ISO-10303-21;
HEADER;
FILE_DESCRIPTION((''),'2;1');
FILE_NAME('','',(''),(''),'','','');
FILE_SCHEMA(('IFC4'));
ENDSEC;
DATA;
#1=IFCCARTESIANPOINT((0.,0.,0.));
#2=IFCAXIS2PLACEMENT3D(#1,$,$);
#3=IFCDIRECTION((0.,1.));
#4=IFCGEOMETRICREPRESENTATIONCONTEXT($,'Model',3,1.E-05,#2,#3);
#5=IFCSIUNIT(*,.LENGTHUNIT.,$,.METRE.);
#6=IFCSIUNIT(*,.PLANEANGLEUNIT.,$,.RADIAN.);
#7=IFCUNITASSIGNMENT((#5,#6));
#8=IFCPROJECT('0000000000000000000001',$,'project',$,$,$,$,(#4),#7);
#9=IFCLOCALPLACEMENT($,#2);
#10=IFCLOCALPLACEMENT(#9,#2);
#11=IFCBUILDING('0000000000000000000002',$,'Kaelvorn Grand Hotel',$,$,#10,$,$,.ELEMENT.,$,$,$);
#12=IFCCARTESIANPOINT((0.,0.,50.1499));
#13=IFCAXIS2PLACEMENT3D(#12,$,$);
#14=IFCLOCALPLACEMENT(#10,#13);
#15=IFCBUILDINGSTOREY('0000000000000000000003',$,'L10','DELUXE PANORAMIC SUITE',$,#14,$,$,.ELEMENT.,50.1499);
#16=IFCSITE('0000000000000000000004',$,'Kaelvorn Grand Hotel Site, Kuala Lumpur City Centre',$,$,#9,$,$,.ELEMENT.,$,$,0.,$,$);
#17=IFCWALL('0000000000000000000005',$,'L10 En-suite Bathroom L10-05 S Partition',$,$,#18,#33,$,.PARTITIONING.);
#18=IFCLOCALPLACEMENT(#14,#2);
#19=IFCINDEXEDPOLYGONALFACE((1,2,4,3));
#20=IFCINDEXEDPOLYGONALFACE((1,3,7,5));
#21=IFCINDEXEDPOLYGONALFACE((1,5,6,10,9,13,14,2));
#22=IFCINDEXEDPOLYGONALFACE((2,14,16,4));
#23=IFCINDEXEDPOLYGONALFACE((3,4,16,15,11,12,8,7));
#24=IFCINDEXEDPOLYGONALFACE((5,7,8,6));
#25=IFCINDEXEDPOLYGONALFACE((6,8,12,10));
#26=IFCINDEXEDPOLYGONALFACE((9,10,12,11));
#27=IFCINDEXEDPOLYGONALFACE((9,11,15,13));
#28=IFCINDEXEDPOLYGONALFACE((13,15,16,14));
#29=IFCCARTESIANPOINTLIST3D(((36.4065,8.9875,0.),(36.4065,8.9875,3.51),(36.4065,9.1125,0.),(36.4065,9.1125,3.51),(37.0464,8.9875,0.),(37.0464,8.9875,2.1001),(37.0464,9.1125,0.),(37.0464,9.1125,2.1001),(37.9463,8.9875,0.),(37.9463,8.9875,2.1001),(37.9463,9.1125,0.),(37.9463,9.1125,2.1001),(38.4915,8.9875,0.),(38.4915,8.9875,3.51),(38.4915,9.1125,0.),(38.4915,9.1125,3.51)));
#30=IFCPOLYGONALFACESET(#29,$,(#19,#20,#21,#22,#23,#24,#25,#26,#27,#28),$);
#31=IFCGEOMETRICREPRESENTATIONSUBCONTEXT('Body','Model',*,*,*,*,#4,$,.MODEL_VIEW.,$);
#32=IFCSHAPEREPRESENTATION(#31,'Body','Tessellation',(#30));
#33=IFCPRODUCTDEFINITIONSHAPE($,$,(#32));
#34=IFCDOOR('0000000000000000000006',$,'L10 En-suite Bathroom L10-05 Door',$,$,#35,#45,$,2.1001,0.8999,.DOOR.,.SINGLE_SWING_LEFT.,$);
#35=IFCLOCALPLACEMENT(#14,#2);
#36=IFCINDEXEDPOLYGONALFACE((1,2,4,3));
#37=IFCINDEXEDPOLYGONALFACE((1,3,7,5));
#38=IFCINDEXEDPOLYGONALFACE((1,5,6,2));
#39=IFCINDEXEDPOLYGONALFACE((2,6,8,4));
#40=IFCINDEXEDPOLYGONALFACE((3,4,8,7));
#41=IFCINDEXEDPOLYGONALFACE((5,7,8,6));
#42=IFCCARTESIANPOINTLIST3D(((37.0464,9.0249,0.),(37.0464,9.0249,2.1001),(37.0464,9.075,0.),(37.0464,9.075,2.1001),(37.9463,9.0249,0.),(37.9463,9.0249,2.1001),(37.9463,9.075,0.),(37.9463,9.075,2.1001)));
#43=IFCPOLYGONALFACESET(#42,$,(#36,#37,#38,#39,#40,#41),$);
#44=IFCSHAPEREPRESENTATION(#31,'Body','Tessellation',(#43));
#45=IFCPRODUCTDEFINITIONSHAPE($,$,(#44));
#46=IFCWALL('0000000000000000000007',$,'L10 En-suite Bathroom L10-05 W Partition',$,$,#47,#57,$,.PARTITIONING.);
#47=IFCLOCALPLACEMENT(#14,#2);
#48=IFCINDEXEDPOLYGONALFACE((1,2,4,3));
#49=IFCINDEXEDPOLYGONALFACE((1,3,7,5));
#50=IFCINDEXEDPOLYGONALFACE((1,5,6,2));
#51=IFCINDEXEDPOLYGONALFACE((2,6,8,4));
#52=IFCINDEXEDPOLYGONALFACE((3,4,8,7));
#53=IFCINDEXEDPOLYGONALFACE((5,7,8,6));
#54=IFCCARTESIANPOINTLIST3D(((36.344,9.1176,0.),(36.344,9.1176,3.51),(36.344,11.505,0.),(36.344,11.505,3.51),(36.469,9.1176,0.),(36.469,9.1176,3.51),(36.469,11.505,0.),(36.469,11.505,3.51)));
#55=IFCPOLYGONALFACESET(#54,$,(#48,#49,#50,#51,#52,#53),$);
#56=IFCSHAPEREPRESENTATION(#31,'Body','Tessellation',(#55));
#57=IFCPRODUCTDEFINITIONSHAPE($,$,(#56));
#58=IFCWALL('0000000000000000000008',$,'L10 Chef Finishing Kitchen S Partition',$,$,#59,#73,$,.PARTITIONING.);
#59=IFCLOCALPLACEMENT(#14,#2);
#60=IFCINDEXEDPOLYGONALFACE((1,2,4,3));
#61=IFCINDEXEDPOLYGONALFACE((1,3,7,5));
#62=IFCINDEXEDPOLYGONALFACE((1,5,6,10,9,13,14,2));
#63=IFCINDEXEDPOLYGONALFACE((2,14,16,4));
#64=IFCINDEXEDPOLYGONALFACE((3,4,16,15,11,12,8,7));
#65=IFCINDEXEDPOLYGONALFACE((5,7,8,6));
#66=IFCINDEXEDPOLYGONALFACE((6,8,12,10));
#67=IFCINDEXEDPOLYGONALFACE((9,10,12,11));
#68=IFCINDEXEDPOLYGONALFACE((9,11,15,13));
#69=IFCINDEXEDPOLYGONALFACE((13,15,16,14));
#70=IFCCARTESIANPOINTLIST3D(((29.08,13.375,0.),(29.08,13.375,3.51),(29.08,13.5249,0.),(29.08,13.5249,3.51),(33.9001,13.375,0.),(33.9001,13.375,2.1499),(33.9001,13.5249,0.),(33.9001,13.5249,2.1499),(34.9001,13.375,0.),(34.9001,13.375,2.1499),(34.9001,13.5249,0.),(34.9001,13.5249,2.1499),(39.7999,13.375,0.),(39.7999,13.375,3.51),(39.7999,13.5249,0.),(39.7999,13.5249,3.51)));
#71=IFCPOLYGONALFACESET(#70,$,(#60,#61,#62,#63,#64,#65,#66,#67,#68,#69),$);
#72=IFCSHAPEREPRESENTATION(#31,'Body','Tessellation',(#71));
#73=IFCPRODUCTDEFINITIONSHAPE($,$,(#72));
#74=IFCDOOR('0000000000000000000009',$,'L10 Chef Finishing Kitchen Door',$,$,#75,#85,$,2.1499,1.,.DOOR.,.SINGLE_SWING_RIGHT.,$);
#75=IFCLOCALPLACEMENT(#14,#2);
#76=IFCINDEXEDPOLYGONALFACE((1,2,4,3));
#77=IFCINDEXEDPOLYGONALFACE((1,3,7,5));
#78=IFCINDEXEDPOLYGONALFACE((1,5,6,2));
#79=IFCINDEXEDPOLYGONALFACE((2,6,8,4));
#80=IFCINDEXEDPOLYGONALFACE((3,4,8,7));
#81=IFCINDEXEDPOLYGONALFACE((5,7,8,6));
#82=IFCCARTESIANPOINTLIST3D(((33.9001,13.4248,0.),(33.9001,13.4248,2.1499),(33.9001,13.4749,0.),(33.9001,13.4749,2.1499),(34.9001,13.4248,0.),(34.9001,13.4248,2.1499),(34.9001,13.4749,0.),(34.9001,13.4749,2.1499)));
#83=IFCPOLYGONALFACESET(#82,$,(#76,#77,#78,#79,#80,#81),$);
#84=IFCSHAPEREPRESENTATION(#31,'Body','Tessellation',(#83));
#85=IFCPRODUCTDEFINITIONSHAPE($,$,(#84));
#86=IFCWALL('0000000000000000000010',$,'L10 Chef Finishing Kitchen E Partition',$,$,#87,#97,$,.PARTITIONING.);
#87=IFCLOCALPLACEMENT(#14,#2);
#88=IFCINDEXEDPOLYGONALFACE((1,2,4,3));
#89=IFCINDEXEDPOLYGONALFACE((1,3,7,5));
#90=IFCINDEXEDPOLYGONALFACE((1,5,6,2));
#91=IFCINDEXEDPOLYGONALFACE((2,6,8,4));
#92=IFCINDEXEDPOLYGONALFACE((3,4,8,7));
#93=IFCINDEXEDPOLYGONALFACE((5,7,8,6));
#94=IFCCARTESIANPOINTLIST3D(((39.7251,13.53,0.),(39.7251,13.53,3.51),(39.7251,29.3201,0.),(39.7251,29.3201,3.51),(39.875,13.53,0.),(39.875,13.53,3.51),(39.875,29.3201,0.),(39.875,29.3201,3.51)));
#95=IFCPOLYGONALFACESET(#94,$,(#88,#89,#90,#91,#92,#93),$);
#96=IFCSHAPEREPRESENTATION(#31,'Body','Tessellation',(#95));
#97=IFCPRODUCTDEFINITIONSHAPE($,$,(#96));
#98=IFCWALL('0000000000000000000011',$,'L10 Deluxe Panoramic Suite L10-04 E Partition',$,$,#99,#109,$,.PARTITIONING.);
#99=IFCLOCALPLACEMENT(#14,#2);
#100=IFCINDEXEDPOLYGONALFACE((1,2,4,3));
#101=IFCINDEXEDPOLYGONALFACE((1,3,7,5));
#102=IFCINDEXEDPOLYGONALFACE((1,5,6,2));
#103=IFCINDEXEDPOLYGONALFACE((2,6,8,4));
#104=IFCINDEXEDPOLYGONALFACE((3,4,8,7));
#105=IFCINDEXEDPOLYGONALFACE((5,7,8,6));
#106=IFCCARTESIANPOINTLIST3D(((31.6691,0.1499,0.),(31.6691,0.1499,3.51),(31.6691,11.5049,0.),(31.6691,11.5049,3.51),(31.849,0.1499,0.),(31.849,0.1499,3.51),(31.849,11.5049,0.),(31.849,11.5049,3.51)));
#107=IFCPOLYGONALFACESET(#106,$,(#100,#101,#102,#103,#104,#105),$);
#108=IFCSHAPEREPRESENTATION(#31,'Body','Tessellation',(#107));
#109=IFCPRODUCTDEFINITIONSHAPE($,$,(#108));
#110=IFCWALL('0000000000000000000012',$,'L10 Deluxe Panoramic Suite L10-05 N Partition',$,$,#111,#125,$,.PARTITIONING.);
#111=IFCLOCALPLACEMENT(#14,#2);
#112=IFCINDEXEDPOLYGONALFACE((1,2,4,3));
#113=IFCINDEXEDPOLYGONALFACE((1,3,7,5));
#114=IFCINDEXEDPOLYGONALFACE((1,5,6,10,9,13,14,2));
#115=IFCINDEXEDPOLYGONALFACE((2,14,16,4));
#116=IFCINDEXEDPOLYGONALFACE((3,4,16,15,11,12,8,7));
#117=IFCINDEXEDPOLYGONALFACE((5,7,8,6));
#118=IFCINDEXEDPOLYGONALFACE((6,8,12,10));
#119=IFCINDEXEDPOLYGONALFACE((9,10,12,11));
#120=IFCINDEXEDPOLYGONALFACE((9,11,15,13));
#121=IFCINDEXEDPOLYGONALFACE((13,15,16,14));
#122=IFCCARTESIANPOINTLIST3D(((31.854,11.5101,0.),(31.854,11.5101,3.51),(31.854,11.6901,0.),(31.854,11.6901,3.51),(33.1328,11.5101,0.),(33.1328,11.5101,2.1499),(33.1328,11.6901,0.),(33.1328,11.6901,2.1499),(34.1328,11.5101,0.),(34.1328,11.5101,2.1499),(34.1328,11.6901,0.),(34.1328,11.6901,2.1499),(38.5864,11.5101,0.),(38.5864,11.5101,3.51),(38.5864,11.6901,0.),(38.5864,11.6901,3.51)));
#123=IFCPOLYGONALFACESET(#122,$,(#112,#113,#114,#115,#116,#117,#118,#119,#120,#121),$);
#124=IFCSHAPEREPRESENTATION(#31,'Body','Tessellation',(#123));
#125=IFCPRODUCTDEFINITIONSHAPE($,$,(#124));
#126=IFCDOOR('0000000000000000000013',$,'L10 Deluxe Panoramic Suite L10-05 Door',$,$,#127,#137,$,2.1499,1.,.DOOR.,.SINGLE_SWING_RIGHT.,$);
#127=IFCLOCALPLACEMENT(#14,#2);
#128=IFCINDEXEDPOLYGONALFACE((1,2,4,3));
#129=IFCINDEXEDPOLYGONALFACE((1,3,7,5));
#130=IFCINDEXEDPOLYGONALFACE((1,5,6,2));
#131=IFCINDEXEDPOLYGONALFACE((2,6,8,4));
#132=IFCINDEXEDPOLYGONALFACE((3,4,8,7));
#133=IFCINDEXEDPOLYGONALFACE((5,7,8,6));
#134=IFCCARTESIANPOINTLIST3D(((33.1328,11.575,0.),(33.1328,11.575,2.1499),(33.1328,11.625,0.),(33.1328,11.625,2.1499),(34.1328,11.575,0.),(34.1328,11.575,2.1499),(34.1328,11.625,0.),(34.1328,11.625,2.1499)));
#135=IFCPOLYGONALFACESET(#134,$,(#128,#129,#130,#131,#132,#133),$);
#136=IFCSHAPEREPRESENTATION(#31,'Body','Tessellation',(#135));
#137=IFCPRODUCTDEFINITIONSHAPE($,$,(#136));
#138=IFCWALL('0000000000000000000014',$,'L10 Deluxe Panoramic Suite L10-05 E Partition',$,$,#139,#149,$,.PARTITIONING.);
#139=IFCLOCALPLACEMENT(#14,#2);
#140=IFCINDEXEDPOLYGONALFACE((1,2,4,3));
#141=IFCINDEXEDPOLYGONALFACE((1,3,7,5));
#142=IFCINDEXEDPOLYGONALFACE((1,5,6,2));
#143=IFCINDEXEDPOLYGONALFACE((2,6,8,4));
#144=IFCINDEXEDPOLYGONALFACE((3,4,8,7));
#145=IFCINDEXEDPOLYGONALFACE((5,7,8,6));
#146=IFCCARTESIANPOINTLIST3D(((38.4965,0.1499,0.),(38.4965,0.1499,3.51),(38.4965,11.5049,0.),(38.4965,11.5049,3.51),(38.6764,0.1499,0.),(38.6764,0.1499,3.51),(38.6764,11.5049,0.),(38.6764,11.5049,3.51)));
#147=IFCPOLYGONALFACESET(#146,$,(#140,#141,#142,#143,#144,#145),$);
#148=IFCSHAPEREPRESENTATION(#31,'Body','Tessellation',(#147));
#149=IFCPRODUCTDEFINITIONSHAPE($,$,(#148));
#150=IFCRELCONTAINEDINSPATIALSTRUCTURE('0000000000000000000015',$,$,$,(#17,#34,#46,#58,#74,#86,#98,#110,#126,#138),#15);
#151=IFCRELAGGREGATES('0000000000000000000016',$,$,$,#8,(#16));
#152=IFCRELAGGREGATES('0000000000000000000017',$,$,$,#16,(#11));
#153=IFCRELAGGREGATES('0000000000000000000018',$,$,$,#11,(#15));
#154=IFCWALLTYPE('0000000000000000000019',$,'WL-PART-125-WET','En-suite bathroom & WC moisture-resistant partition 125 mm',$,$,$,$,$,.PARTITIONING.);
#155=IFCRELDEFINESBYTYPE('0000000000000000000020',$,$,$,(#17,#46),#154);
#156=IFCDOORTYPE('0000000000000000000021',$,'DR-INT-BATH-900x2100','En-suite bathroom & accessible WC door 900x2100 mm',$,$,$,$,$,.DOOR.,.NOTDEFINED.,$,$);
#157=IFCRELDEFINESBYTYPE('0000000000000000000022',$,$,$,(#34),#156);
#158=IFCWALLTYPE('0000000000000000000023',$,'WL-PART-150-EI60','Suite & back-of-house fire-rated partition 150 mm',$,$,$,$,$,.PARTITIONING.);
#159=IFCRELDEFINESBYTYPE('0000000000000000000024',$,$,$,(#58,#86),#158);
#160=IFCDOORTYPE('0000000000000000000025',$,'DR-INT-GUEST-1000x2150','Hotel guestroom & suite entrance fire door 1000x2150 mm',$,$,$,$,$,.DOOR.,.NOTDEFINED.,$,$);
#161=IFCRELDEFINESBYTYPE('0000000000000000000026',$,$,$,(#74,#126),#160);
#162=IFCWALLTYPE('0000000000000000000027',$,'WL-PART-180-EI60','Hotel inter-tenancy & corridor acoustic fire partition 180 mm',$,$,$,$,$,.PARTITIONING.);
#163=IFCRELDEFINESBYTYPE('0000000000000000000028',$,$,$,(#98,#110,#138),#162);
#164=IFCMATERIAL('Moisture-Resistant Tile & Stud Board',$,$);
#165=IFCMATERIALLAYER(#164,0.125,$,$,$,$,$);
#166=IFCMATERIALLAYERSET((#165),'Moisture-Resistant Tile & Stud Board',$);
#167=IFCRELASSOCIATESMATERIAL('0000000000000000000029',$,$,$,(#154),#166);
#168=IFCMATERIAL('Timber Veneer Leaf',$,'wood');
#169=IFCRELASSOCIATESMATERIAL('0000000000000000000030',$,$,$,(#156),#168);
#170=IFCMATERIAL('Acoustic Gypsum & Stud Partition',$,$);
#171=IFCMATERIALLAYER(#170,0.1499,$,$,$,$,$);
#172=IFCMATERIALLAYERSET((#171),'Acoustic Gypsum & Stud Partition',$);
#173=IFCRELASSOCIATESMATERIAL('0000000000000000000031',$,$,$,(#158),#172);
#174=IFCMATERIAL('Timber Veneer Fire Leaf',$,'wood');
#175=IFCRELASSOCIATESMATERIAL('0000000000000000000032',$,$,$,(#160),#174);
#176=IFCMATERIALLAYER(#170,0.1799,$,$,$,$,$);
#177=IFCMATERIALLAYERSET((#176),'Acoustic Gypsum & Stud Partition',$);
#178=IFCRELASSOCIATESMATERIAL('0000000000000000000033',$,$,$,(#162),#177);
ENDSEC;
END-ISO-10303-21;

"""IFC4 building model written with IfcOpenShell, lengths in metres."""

from ifc_helpers import new_model, si_unit, direction, frame, frame_2d, origin, place, context, subcontext, project, spatial, rectangle, extrude, material, layer, layer_set, type_object, element, fill, save


model = new_model("IFC4")

# Units and contexts
model_context = context("Model", 3, precision=1e-05, world=origin(), true_north=direction((0.0, 1.0)))
body_context = subcontext(model_context, "Body", "Model", "MODEL_VIEW")
ifc_project = project(units=[si_unit("LENGTHUNIT", "METRE"), si_unit("PLANEANGLEUNIT", "RADIAN")], contexts=[model_context])

# Site, building, storey
site_placement = place(None, origin())
site = spatial("IfcSite", under=ifc_project, at=site_placement, Name="Kaelvorn Grand Hotel Site, Kuala Lumpur City Centre", CompositionType="ELEMENT", RefElevation=0.0)
building_placement = place(site_placement, origin())
building = spatial("IfcBuilding", under=site, at=building_placement, Name="Kaelvorn Grand Hotel", CompositionType="ELEMENT")
storey_placement = place(building_placement, frame((0.0, 0.0, 50.1499)))
storey = spatial("IfcBuildingStorey", under=building, at=storey_placement, Name="L10", Description="DELUXE PANORAMIC SUITE", CompositionType="ELEMENT", Elevation=50.1499)

# Shared definitions
ifc_material_1 = material(Name="Moisture-Resistant Tile & Stud Board")
ifc_layer_1 = layer(ifc_material_1, 0.125)
ifc_layer_set_1 = layer_set([ifc_layer_1], Name="Moisture-Resistant Tile & Stud Board")
wall_type_1 = type_object("IfcWallType", Name="WL-PART-125-WET", Description="En-suite bathroom & WC moisture-resistant partition 125 mm", PredefinedType="PARTITIONING", material=ifc_layer_set_1)
ifc_material_2 = material(Name="Timber Veneer Leaf", Category="wood")
door_type_1 = type_object("IfcDoorType", Name="DR-INT-BATH-900x2100", Description="En-suite bathroom & accessible WC door 900x2100 mm", OperationType="NOTDEFINED", PredefinedType="DOOR", material=ifc_material_2)

# Wall, opening, door
wall_1_placement = place(storey_placement, frame((36.4065, 9.05, 0.0), z_axis=(0.0, 0.0, 1.0), x_axis=(1.0, 0.0, 0.0)))
wall_1 = element("IfcWall", 1, at=wall_1_placement, inside=storey, type_object=wall_type_1, Name="L10 En-suite Bathroom L10-05 S Partition", PredefinedType="PARTITIONING", context=body_context, shape_type="SweptSolid", body=[
    extrude(rectangle(XDim=2.085, YDim=0.125, at=frame_2d((1.0425, 0.0))), origin(), (0.0, 0.0, 1.0), 3.51),
])
opening_1_placement = place(wall_1_placement, frame((0.6399, 0.0, 0.0)))
opening_1 = element("IfcOpeningElement", 2, at=opening_1_placement, cuts=wall_1, PredefinedType="OPENING", context=body_context, shape_type="SweptSolid", body=[
    extrude(rectangle(XDim=0.8999, YDim=2.1001, at=frame_2d((0.45, 1.05))), frame((0.0, 0.0725, 0.0), z_axis=(0.0, -1.0, 0.0), x_axis=(1.0, 0.0, 0.0)), (0.0, 0.0, 1.0), 0.145),
])
door_1_placement = place(opening_1_placement, origin())
door_1 = element("IfcDoor", 3, at=door_1_placement, inside=storey, type_object=door_type_1, Name="L10 En-suite Bathroom L10-05 Door", OperationType="SINGLE_SWING_LEFT", OverallHeight=2.1001, OverallWidth=0.8999, PredefinedType="DOOR", context=body_context, shape_type="SweptSolid", body=[
    extrude(rectangle(XDim=0.8999, YDim=2.1001, at=frame_2d((0.45, 1.05))), frame((0.0, 0.0249, 0.0), z_axis=(0.0, -1.0, 0.0), x_axis=(1.0, 0.0, 0.0)), (0.0, 0.0, 1.0), 0.05),
])
fill(opening_1, door_1)

# Wall
wall_2_placement = place(storey_placement, frame((36.4065, 9.1174, 0.0), z_axis=(0.0, 0.0, 1.0), x_axis=(0.0, 1.0, 0.0)))
element("IfcWall", 4, at=wall_2_placement, inside=storey, type_object=wall_type_1, Name="L10 En-suite Bathroom L10-05 W Partition", PredefinedType="PARTITIONING", context=body_context, shape_type="SweptSolid", body=[
    extrude(rectangle(XDim=2.3875, YDim=0.125, at=frame_2d((1.1938, 0.0))), origin(), (0.0, 0.0, 1.0), 3.51),
])

# Wall, opening, door
ifc_material_3 = material(Name="Acoustic Gypsum & Stud Partition")
ifc_layer_2 = layer(ifc_material_3, 0.1499)
ifc_layer_set_2 = layer_set([ifc_layer_2], Name="Acoustic Gypsum & Stud Partition")
wall_type_2 = type_object("IfcWallType", Name="WL-PART-150-EI60", Description="Suite & back-of-house fire-rated partition 150 mm", PredefinedType="PARTITIONING", material=ifc_layer_set_2)
wall_3_placement = place(storey_placement, frame((29.0801, 13.45, 0.0), z_axis=(0.0, 0.0, 1.0), x_axis=(1.0, 0.0, 0.0)))
wall_3 = element("IfcWall", 5, at=wall_3_placement, inside=storey, type_object=wall_type_2, Name="L10 Chef Finishing Kitchen S Partition", PredefinedType="PARTITIONING", context=body_context, shape_type="SweptSolid", body=[
    extrude(rectangle(XDim=10.72, YDim=0.1499, at=frame_2d((5.3599, 0.0))), origin(), (0.0, 0.0, 1.0), 3.51),
])
opening_2_placement = place(wall_3_placement, frame((4.8201, 0.0, 0.0)))
opening_2 = element("IfcOpeningElement", 6, at=opening_2_placement, cuts=wall_3, PredefinedType="OPENING", context=body_context, shape_type="SweptSolid", body=[
    extrude(rectangle(XDim=1.0, YDim=2.1499, at=frame_2d((0.5, 1.075))), frame((0.0, 0.085, 0.0), z_axis=(0.0, -1.0, 0.0), x_axis=(1.0, 0.0, 0.0)), (0.0, 0.0, 1.0), 0.1699),
])
ifc_material_4 = material(Name="Timber Veneer Fire Leaf", Category="wood")
door_type_2 = type_object("IfcDoorType", Name="DR-INT-GUEST-1000x2150", Description="Hotel guestroom & suite entrance fire door 1000x2150 mm", OperationType="NOTDEFINED", PredefinedType="DOOR", material=ifc_material_4)
door_2_placement = place(opening_2_placement, origin())
door_2 = element("IfcDoor", 7, at=door_2_placement, inside=storey, type_object=door_type_2, Name="L10 Chef Finishing Kitchen Door", OperationType="SINGLE_SWING_RIGHT", OverallHeight=2.1499, OverallWidth=1.0, PredefinedType="DOOR", context=body_context, shape_type="SweptSolid", body=[
    extrude(rectangle(XDim=1.0, YDim=2.1499, at=frame_2d((0.5, 1.075))), frame((0.0, 0.0249, 0.0), z_axis=(0.0, -1.0, 0.0), x_axis=(1.0, 0.0, 0.0)), (0.0, 0.0, 1.0), 0.05),
])
fill(opening_2, door_2)

# Walls
wall_4_placement = place(storey_placement, frame((39.8, 13.53, 0.0), z_axis=(0.0, 0.0, 1.0), x_axis=(0.0, 1.0, 0.0)))
element("IfcWall", 8, at=wall_4_placement, inside=storey, type_object=wall_type_2, Name="L10 Chef Finishing Kitchen E Partition", PredefinedType="PARTITIONING", context=body_context, shape_type="SweptSolid", body=[
    extrude(rectangle(XDim=15.79, YDim=0.1499, at=frame_2d((7.895, 0.0))), origin(), (0.0, 0.0, 1.0), 3.51),
])
ifc_layer_3 = layer(ifc_material_3, 0.1799)
ifc_layer_set_3 = layer_set([ifc_layer_3], Name="Acoustic Gypsum & Stud Partition")
wall_type_3 = type_object("IfcWallType", Name="WL-PART-180-EI60", Description="Hotel inter-tenancy & corridor acoustic fire partition 180 mm", PredefinedType="PARTITIONING", material=ifc_layer_set_3)
wall_5_placement = place(storey_placement, frame((31.759, 0.1499, 0.0), z_axis=(0.0, 0.0, 1.0), x_axis=(0.0, 1.0, 0.0)))
element("IfcWall", 9, at=wall_5_placement, inside=storey, type_object=wall_type_3, Name="L10 Deluxe Panoramic Suite L10-04 E Partition", PredefinedType="PARTITIONING", context=body_context, shape_type="SweptSolid", body=[
    extrude(rectangle(XDim=11.355, YDim=0.1799, at=frame_2d((5.6775, 0.0))), origin(), (0.0, 0.0, 1.0), 3.51),
])

# Wall, opening, door
wall_6_placement = place(storey_placement, frame((31.854, 11.6001, 0.0), z_axis=(0.0, 0.0, 1.0), x_axis=(1.0, 0.0, 0.0)))
wall_6 = element("IfcWall", 10, at=wall_6_placement, inside=storey, type_object=wall_type_3, Name="L10 Deluxe Panoramic Suite L10-05 N Partition", PredefinedType="PARTITIONING", context=body_context, shape_type="SweptSolid", body=[
    extrude(rectangle(XDim=6.7324, YDim=0.1799, at=frame_2d((3.3662, 0.0))), origin(), (0.0, 0.0, 1.0), 3.51),
])
opening_3_placement = place(wall_6_placement, frame((1.2788, 0.0, 0.0)))
opening_3 = element("IfcOpeningElement", 11, at=opening_3_placement, cuts=wall_6, PredefinedType="OPENING", context=body_context, shape_type="SweptSolid", body=[
    extrude(rectangle(XDim=1.0, YDim=2.1499, at=frame_2d((0.5, 1.075))), frame((0.0, 0.1001, 0.0), z_axis=(0.0, -1.0, 0.0), x_axis=(1.0, 0.0, 0.0)), (0.0, 0.0, 1.0), 0.2),
])
door_3_placement = place(opening_3_placement, origin())
door_3 = element("IfcDoor", 12, at=door_3_placement, inside=storey, type_object=door_type_2, Name="L10 Deluxe Panoramic Suite L10-05 Door", OperationType="SINGLE_SWING_RIGHT", OverallHeight=2.1499, OverallWidth=1.0, PredefinedType="DOOR", context=body_context, shape_type="SweptSolid", body=[
    extrude(rectangle(XDim=1.0, YDim=2.1499, at=frame_2d((0.5, 1.075))), frame((0.0, 0.0249, 0.0), z_axis=(0.0, -1.0, 0.0), x_axis=(1.0, 0.0, 0.0)), (0.0, 0.0, 1.0), 0.05),
])
fill(opening_3, door_3)

# Wall
wall_7_placement = place(storey_placement, frame((38.5864, 0.1499, 0.0), z_axis=(0.0, 0.0, 1.0), x_axis=(0.0, 1.0, 0.0)))
element("IfcWall", 13, at=wall_7_placement, inside=storey, type_object=wall_type_3, Name="L10 Deluxe Panoramic Suite L10-05 E Partition", PredefinedType="PARTITIONING", context=body_context, shape_type="SweptSolid", body=[
    extrude(rectangle(XDim=11.355, YDim=0.1799, at=frame_2d((5.6775, 0.0))), origin(), (0.0, 0.0, 1.0), 3.51),
])

save(model, "model.ifc")
